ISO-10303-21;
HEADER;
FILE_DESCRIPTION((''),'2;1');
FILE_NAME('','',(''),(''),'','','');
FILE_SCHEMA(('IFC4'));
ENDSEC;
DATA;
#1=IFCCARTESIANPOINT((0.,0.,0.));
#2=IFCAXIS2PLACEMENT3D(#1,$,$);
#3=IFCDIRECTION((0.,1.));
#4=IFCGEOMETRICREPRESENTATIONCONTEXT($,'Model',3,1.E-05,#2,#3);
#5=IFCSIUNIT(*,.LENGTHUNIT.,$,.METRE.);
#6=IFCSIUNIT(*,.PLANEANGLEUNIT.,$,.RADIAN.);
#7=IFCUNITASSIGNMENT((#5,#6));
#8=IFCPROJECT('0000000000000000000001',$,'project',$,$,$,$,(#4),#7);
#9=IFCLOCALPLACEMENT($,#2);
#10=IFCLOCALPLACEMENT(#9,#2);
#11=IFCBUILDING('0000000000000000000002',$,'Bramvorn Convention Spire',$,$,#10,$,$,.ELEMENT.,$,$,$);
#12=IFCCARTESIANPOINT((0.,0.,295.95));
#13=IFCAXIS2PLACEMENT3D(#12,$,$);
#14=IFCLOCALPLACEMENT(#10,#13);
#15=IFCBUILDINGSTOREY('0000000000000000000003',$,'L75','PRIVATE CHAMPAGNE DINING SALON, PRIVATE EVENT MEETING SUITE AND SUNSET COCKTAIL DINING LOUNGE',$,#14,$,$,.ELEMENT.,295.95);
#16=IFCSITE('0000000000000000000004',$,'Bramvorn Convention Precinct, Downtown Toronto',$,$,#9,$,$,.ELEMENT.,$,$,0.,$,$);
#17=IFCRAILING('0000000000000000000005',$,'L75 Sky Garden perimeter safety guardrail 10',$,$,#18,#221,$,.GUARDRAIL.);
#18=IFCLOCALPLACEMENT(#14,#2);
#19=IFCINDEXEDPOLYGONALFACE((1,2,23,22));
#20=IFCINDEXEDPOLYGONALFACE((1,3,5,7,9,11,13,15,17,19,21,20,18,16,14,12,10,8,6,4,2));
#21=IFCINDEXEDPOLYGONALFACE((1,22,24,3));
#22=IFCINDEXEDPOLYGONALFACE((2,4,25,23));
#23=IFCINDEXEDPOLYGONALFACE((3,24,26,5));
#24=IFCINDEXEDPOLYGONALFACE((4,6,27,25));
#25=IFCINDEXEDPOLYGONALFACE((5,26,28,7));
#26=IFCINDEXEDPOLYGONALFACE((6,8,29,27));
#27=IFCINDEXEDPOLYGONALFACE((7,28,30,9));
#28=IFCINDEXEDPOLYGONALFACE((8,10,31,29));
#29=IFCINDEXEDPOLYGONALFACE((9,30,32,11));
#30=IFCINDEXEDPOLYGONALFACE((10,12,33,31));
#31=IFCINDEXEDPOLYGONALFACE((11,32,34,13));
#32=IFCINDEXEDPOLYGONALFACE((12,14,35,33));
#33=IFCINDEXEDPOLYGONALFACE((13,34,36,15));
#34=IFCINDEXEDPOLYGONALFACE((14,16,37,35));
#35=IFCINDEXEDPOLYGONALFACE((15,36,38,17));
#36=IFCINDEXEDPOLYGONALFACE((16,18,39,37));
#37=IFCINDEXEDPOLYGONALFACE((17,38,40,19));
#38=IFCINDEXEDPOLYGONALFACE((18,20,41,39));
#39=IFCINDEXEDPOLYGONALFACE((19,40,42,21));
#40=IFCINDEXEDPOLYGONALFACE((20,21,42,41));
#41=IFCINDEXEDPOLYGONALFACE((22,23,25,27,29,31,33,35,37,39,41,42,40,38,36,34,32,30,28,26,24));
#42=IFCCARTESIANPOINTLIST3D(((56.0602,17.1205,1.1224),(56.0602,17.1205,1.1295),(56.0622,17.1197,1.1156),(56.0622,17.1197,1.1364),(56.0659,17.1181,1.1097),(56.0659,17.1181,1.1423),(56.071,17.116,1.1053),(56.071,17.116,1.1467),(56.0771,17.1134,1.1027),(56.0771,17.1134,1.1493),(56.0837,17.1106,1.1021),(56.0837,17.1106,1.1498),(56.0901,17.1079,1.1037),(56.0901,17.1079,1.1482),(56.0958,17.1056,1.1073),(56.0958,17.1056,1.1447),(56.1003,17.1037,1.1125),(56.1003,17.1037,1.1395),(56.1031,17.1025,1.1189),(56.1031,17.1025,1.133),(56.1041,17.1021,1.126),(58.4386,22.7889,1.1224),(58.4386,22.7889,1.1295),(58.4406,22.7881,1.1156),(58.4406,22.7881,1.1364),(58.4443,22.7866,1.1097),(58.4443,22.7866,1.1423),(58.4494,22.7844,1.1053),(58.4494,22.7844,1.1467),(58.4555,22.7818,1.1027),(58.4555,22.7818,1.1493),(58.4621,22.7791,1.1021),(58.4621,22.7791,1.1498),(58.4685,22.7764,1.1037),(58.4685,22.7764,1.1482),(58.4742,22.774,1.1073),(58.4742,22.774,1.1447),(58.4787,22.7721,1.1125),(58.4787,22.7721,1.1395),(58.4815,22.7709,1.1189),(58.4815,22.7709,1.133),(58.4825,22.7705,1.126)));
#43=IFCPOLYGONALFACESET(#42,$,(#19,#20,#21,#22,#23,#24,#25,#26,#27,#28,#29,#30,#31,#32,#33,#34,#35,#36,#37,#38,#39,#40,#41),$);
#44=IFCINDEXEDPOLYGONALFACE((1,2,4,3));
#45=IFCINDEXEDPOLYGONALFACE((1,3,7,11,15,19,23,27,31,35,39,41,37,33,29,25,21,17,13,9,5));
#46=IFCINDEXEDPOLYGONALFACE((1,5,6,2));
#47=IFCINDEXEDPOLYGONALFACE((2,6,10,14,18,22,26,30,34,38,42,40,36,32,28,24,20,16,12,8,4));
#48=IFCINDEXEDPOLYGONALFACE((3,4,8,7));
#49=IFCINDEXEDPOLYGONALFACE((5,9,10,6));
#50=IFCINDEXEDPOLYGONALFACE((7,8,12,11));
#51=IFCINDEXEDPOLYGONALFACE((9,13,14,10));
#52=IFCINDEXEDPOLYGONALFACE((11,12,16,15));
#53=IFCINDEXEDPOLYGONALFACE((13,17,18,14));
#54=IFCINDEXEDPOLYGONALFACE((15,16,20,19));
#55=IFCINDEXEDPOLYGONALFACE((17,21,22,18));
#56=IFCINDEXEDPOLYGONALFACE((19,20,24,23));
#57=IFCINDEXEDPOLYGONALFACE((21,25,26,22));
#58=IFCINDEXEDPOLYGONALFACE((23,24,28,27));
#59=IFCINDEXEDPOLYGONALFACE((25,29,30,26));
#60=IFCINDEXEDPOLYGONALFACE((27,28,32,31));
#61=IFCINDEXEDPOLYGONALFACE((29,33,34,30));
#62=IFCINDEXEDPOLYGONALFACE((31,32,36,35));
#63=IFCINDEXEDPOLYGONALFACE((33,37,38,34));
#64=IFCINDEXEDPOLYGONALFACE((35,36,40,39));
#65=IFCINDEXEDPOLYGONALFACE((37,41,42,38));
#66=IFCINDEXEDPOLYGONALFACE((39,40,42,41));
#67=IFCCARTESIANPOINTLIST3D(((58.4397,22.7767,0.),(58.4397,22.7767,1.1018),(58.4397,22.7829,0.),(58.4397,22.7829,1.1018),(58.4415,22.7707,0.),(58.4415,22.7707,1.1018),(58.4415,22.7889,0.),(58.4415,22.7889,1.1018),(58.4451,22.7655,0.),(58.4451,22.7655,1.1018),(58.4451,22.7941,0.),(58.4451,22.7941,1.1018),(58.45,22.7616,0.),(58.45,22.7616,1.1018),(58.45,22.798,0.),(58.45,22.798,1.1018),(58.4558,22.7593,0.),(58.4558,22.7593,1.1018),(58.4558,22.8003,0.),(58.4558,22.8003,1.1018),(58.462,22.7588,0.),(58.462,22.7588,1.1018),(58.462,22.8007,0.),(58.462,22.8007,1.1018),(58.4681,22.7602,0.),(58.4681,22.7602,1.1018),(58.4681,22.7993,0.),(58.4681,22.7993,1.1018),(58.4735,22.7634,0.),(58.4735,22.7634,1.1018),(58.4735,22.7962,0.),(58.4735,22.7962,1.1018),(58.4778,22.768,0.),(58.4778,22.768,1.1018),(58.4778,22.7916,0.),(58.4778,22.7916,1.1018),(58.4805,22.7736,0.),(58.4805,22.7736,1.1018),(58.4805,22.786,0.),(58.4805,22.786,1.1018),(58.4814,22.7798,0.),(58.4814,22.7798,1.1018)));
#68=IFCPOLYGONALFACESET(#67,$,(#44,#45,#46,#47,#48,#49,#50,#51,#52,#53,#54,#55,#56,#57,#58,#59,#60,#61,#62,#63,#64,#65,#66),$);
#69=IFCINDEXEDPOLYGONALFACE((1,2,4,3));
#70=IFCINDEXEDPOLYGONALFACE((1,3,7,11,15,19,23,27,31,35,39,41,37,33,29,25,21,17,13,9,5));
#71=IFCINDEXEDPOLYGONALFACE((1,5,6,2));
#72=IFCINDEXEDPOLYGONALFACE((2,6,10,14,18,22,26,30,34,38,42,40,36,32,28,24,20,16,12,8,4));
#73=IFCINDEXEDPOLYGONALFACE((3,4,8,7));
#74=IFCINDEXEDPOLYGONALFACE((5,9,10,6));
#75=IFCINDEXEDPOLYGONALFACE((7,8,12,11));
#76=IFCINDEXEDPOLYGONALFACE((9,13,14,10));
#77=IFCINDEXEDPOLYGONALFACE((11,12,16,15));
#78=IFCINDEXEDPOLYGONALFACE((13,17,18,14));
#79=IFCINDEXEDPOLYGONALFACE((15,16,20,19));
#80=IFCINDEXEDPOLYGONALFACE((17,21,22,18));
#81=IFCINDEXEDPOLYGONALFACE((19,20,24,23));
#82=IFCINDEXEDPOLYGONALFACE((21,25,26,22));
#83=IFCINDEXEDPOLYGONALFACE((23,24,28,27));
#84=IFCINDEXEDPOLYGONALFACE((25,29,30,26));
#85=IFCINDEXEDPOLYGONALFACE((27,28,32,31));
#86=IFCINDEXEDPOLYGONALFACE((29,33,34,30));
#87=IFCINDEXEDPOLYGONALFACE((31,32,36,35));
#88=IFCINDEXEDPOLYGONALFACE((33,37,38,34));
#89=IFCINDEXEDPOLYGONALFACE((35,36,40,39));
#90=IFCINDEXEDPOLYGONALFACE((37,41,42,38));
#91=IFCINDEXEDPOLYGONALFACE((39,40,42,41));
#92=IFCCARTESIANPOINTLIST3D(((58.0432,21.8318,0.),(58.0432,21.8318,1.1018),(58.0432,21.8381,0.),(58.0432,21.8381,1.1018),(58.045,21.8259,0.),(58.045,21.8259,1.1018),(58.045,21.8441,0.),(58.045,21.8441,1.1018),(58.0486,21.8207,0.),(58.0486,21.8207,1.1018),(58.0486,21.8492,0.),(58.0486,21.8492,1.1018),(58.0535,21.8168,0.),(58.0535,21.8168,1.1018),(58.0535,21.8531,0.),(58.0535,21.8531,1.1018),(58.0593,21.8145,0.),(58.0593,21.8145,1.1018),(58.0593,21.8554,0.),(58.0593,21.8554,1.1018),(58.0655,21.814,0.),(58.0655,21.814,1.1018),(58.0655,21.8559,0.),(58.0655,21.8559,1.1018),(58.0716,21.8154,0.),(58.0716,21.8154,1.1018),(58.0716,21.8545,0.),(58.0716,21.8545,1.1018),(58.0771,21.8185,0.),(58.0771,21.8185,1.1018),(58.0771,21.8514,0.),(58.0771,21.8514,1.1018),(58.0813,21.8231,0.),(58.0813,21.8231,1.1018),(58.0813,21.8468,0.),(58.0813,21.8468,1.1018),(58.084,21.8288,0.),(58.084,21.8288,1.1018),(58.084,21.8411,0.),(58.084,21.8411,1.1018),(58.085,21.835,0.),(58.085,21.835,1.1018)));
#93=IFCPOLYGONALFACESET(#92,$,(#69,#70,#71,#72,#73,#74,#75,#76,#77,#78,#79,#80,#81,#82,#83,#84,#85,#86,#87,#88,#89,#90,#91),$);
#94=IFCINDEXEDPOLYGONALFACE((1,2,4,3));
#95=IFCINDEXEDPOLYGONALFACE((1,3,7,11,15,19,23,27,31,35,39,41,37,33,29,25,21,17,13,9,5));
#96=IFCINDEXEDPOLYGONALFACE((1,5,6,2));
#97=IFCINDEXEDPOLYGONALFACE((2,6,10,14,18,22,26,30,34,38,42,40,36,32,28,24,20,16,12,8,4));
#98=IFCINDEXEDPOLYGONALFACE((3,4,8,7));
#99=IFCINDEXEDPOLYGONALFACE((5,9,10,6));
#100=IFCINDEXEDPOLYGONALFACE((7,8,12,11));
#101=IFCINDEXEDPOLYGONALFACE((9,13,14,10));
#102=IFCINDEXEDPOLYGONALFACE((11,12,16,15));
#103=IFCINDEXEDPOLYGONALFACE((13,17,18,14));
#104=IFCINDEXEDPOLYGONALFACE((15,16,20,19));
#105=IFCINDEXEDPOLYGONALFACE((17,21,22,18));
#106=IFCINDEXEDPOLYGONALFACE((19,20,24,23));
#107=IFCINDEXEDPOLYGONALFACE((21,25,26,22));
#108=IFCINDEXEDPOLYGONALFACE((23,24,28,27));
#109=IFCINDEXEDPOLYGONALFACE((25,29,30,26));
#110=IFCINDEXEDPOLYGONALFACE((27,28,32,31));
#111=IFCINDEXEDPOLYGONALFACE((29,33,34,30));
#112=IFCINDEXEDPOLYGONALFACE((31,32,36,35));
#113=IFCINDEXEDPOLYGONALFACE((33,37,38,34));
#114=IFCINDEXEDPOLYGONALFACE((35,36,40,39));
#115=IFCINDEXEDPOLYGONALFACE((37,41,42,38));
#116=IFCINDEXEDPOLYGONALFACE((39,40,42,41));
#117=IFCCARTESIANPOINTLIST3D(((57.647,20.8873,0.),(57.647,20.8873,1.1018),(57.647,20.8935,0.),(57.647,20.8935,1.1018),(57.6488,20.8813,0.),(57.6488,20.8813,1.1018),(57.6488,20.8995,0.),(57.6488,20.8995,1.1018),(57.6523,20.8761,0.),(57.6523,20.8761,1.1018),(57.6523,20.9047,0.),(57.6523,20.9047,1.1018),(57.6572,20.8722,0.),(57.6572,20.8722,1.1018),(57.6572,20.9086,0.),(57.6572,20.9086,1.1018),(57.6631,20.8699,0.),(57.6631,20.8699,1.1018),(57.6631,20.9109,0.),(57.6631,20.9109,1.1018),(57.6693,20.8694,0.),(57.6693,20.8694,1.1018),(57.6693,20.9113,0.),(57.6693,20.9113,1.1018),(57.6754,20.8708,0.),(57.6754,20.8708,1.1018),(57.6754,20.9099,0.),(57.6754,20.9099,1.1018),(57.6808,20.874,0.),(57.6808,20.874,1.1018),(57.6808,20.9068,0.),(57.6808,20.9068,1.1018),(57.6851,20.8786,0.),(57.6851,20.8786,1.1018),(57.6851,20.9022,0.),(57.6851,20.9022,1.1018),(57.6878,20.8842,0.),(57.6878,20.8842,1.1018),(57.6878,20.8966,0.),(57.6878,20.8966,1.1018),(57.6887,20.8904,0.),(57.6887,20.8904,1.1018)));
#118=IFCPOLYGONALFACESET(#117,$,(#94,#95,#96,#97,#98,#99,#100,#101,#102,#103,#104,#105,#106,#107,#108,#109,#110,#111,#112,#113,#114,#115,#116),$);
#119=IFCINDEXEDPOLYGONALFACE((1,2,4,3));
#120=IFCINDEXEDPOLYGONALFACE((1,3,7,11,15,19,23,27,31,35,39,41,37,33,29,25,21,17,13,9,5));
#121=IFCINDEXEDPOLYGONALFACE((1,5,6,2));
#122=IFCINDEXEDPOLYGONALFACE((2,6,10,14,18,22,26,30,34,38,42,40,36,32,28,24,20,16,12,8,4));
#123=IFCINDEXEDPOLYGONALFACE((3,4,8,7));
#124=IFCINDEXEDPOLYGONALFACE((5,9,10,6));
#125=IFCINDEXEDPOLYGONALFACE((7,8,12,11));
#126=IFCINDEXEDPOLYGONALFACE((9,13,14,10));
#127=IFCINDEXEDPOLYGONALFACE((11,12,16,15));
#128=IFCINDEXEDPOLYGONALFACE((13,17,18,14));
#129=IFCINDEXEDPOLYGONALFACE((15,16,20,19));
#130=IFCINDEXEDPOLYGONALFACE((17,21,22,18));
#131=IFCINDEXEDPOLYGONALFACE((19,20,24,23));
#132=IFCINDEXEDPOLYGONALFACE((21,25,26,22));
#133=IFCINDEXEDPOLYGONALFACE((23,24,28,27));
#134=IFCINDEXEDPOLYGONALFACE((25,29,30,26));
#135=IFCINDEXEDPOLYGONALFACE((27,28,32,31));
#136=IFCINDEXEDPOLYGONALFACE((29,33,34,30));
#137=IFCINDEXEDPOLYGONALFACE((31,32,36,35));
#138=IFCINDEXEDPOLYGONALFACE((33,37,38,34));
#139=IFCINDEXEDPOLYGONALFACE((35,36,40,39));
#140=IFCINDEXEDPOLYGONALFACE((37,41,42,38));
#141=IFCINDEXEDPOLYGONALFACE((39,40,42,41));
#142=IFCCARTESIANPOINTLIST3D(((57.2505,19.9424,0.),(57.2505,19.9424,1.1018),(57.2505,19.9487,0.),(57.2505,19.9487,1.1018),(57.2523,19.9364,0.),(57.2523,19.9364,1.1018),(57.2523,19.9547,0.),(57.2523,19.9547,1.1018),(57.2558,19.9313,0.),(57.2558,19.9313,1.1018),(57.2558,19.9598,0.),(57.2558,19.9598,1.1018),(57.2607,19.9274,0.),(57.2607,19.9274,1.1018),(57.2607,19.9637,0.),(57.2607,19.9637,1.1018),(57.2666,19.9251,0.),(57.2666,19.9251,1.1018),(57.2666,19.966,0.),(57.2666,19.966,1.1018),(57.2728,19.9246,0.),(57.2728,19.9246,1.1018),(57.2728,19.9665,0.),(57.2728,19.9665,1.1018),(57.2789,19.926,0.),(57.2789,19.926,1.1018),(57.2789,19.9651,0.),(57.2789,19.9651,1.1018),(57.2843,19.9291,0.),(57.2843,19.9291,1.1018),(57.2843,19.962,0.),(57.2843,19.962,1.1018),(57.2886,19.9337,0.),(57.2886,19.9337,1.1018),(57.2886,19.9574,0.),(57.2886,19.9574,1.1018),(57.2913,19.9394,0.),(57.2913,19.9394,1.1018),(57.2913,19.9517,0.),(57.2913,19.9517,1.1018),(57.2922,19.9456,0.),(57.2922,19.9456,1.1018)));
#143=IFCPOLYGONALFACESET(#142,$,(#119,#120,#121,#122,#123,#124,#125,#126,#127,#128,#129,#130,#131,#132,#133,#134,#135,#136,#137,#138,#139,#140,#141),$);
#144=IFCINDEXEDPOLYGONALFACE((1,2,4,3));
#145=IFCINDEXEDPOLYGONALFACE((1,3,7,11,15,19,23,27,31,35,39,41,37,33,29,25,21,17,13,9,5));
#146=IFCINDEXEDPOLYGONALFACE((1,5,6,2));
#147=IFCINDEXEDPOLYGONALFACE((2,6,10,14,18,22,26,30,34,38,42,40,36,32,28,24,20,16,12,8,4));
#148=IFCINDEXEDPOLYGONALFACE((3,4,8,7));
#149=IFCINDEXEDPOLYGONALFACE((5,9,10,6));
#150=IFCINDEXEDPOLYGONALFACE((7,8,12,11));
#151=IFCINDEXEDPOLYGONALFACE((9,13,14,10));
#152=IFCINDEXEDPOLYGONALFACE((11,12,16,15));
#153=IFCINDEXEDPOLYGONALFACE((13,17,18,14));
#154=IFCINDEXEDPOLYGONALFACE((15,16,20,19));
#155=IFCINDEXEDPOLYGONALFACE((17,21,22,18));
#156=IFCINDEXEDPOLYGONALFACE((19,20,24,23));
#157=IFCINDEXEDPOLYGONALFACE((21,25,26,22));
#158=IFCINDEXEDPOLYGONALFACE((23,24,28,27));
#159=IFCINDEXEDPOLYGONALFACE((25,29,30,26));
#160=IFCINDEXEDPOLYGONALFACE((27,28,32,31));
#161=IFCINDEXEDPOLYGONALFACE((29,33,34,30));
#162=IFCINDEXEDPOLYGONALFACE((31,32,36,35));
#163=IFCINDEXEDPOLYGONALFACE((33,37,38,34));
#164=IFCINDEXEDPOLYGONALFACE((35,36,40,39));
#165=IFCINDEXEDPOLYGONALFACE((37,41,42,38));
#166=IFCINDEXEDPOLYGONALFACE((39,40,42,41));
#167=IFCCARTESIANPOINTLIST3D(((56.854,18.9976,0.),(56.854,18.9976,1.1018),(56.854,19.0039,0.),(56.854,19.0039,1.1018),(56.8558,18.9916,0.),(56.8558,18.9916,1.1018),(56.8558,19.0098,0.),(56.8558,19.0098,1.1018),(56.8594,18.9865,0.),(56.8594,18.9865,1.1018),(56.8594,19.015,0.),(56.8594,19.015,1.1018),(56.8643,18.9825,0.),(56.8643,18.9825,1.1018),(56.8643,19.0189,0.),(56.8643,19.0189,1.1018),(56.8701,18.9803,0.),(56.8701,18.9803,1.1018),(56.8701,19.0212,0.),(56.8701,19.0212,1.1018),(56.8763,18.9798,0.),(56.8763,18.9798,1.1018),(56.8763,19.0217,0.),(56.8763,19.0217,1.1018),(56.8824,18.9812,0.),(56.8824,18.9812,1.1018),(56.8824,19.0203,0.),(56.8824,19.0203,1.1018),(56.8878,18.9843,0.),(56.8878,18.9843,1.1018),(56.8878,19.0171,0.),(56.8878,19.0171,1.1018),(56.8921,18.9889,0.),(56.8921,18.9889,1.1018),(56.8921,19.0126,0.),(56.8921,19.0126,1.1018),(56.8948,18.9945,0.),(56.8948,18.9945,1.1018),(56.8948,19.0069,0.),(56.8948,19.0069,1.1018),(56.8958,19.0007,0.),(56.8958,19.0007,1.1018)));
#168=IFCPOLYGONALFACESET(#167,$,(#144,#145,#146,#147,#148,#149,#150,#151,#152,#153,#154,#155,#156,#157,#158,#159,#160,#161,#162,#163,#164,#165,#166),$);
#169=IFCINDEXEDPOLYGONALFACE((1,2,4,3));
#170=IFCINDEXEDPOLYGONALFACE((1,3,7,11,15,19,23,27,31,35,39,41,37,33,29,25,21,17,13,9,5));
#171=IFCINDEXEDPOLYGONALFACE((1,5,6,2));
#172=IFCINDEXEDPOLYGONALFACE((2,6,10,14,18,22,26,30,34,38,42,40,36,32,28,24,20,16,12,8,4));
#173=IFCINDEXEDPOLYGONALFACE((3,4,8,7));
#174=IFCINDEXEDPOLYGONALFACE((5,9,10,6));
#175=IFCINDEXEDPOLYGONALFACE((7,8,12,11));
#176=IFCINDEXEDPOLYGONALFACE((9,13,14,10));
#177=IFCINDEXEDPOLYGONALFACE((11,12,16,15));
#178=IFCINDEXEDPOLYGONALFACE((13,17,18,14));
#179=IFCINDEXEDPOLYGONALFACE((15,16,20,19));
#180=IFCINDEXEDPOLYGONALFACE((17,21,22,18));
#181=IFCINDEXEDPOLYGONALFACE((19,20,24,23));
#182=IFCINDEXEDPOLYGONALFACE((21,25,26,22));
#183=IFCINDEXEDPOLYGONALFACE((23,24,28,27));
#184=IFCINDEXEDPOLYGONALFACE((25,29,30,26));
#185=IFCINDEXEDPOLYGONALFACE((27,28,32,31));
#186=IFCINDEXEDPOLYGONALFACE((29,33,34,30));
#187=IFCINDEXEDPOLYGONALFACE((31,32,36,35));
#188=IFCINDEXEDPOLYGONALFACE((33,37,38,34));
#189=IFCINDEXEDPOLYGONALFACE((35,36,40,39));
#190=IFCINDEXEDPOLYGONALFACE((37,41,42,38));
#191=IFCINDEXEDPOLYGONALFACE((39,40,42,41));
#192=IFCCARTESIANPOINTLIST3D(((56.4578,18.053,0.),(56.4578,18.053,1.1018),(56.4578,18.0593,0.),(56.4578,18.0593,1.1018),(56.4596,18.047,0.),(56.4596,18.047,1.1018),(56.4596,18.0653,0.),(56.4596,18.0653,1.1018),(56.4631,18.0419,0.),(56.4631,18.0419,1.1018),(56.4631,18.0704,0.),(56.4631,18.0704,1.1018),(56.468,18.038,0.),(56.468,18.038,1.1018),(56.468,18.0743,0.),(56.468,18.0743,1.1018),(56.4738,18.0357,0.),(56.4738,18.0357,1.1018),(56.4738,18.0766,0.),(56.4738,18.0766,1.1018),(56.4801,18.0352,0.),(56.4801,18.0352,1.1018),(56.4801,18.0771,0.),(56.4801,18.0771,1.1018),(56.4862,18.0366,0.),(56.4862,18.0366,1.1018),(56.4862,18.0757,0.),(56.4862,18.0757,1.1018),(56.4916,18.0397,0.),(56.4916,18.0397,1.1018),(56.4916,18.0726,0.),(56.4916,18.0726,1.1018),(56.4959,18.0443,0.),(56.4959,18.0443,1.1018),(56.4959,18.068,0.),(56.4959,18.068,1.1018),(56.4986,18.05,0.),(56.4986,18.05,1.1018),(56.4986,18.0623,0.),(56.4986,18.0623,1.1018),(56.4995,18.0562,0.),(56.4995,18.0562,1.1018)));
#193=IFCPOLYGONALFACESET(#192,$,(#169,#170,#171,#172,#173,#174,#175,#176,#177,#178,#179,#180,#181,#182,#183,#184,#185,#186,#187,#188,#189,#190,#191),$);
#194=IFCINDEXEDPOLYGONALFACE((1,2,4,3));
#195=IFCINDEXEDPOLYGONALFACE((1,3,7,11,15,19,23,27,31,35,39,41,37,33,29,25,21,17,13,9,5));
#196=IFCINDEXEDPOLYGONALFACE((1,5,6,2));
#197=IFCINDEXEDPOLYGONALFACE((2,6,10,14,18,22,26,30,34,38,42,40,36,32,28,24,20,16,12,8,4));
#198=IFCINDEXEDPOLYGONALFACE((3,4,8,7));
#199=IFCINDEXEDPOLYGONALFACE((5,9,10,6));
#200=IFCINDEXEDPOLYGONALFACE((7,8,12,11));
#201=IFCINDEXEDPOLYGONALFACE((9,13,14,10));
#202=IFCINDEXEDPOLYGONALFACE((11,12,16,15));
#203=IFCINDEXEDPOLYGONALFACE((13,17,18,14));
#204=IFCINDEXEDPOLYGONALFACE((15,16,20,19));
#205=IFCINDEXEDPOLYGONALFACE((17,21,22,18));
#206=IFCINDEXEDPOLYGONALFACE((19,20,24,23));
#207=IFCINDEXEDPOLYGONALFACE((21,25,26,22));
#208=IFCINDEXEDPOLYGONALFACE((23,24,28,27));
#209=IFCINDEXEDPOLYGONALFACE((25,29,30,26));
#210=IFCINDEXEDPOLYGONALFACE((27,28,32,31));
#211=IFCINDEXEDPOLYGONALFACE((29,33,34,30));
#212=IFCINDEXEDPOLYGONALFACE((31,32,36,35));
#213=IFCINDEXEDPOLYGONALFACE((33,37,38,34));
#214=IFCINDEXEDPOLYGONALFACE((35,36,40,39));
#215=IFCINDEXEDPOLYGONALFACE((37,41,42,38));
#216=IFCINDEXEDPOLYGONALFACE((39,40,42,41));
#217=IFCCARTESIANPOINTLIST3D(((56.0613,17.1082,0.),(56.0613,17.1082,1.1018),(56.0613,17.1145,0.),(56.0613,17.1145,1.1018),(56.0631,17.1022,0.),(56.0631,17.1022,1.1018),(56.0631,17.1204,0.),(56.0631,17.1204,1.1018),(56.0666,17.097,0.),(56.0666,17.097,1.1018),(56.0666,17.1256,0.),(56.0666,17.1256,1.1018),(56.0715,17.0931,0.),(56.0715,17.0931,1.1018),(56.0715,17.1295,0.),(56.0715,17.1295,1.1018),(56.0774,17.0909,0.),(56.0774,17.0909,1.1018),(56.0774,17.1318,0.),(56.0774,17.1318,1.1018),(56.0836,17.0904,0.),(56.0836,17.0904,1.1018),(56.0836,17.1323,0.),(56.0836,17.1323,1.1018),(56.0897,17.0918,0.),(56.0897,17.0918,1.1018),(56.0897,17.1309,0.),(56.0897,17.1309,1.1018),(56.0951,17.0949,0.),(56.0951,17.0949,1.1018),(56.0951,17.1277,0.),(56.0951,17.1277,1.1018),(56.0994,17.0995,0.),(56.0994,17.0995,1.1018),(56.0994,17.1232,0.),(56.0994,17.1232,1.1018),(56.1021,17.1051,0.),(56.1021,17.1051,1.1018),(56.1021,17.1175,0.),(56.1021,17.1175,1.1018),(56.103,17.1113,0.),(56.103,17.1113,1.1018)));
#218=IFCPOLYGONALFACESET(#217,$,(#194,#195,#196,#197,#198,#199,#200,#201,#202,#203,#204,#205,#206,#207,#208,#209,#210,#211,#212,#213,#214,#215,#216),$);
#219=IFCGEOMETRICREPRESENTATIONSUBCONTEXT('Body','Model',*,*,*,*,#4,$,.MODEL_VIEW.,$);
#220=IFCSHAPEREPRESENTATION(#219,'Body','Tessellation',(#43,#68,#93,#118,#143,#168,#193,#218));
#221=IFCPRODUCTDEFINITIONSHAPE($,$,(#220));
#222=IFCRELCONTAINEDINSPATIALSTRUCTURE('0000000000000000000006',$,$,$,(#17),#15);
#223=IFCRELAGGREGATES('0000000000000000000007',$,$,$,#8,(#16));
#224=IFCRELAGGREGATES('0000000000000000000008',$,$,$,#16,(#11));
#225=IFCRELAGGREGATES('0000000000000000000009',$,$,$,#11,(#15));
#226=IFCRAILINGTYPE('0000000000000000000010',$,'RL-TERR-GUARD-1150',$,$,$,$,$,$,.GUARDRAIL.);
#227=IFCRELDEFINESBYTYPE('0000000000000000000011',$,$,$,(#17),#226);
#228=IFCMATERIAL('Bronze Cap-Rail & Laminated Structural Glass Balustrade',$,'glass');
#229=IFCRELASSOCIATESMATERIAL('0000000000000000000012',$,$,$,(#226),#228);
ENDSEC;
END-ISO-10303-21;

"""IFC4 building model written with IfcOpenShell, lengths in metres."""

from ifc_helpers import new_model, si_unit, direction, frame, origin, origin_2d, place, context, subcontext, project, spatial, circle, extrude, material, type_object, element, save


model = new_model("IFC4")

# Units and contexts
model_context = context("Model", 3, precision=1e-05, world=origin(), true_north=direction((0.0, 1.0)))
body_context = subcontext(model_context, "Body", "Model", "MODEL_VIEW")
ifc_project = project(units=[si_unit("LENGTHUNIT", "METRE"), si_unit("PLANEANGLEUNIT", "RADIAN")], contexts=[model_context])

# Site, building, storey
site_placement = place(None, origin())
site = spatial("IfcSite", under=ifc_project, at=site_placement, Name="Bramvorn Convention Precinct, Downtown Toronto", CompositionType="ELEMENT", RefElevation=0.0)
building_placement = place(site_placement, origin())
building = spatial("IfcBuilding", under=site, at=building_placement, Name="Bramvorn Convention Spire", CompositionType="ELEMENT")
storey_placement = place(building_placement, frame((0.0, 0.0, 295.95)))
storey = spatial("IfcBuildingStorey", under=building, at=storey_placement, Name="L75", Description="PRIVATE CHAMPAGNE DINING SALON, PRIVATE EVENT MEETING SUITE AND SUNSET COCKTAIL DINING LOUNGE", CompositionType="ELEMENT", Elevation=295.95)

# Railing
ifc_material_1 = material(Name="Bronze Cap-Rail & Laminated Structural Glass Balustrade", Category="glass")
railing_type = type_object("IfcRailingType", Name="RL-TERR-GUARD-1150", PredefinedType="GUARDRAIL", material=ifc_material_1)
railing_placement = place(storey_placement, frame((58.4604, 22.7798, 0.0)))
element("IfcRailing", 1, at=railing_placement, inside=storey, type_object=railing_type, Name="L75 Sky Garden perimeter safety guardrail 10", PredefinedType="GUARDRAIL", context=body_context, shape_type="SweptSolid", body=[
    extrude(circle(Radius=0.0239, at=origin_2d()), frame((0.0, 0.0, 1.126), z_axis=(-0.38691, -0.922118, 0.0), x_axis=(0.922118, -0.38691, 0.0)), (0.0, 0.0, 1.0), 6.1472),
    extrude(circle(Radius=0.021, at=origin_2d()), origin(), (0.0, 0.0, 1.0), 1.1018),
    extrude(circle(Radius=0.021, at=origin_2d()), frame((-0.3965, -0.9448, 0.0)), (0.0, 0.0, 1.0), 1.1018),
    extrude(circle(Radius=0.021, at=origin_2d()), frame((-0.7927, -1.8894, 0.0)), (0.0, 0.0, 1.0), 1.1018),
    extrude(circle(Radius=0.021, at=origin_2d()), frame((-1.1892, -2.8342, 0.0)), (0.0, 0.0, 1.0), 1.1018),
    extrude(circle(Radius=0.021, at=origin_2d()), frame((-1.5857, -3.7791, 0.0)), (0.0, 0.0, 1.0), 1.1018),
    extrude(circle(Radius=0.021, at=origin_2d()), frame((-1.9819, -4.7236, 0.0)), (0.0, 0.0, 1.0), 1.1018),
    extrude(circle(Radius=0.021, at=origin_2d()), frame((-2.3784, -5.6685, 0.0)), (0.0, 0.0, 1.0), 1.1018),
])

save(model, "model.ifc")
